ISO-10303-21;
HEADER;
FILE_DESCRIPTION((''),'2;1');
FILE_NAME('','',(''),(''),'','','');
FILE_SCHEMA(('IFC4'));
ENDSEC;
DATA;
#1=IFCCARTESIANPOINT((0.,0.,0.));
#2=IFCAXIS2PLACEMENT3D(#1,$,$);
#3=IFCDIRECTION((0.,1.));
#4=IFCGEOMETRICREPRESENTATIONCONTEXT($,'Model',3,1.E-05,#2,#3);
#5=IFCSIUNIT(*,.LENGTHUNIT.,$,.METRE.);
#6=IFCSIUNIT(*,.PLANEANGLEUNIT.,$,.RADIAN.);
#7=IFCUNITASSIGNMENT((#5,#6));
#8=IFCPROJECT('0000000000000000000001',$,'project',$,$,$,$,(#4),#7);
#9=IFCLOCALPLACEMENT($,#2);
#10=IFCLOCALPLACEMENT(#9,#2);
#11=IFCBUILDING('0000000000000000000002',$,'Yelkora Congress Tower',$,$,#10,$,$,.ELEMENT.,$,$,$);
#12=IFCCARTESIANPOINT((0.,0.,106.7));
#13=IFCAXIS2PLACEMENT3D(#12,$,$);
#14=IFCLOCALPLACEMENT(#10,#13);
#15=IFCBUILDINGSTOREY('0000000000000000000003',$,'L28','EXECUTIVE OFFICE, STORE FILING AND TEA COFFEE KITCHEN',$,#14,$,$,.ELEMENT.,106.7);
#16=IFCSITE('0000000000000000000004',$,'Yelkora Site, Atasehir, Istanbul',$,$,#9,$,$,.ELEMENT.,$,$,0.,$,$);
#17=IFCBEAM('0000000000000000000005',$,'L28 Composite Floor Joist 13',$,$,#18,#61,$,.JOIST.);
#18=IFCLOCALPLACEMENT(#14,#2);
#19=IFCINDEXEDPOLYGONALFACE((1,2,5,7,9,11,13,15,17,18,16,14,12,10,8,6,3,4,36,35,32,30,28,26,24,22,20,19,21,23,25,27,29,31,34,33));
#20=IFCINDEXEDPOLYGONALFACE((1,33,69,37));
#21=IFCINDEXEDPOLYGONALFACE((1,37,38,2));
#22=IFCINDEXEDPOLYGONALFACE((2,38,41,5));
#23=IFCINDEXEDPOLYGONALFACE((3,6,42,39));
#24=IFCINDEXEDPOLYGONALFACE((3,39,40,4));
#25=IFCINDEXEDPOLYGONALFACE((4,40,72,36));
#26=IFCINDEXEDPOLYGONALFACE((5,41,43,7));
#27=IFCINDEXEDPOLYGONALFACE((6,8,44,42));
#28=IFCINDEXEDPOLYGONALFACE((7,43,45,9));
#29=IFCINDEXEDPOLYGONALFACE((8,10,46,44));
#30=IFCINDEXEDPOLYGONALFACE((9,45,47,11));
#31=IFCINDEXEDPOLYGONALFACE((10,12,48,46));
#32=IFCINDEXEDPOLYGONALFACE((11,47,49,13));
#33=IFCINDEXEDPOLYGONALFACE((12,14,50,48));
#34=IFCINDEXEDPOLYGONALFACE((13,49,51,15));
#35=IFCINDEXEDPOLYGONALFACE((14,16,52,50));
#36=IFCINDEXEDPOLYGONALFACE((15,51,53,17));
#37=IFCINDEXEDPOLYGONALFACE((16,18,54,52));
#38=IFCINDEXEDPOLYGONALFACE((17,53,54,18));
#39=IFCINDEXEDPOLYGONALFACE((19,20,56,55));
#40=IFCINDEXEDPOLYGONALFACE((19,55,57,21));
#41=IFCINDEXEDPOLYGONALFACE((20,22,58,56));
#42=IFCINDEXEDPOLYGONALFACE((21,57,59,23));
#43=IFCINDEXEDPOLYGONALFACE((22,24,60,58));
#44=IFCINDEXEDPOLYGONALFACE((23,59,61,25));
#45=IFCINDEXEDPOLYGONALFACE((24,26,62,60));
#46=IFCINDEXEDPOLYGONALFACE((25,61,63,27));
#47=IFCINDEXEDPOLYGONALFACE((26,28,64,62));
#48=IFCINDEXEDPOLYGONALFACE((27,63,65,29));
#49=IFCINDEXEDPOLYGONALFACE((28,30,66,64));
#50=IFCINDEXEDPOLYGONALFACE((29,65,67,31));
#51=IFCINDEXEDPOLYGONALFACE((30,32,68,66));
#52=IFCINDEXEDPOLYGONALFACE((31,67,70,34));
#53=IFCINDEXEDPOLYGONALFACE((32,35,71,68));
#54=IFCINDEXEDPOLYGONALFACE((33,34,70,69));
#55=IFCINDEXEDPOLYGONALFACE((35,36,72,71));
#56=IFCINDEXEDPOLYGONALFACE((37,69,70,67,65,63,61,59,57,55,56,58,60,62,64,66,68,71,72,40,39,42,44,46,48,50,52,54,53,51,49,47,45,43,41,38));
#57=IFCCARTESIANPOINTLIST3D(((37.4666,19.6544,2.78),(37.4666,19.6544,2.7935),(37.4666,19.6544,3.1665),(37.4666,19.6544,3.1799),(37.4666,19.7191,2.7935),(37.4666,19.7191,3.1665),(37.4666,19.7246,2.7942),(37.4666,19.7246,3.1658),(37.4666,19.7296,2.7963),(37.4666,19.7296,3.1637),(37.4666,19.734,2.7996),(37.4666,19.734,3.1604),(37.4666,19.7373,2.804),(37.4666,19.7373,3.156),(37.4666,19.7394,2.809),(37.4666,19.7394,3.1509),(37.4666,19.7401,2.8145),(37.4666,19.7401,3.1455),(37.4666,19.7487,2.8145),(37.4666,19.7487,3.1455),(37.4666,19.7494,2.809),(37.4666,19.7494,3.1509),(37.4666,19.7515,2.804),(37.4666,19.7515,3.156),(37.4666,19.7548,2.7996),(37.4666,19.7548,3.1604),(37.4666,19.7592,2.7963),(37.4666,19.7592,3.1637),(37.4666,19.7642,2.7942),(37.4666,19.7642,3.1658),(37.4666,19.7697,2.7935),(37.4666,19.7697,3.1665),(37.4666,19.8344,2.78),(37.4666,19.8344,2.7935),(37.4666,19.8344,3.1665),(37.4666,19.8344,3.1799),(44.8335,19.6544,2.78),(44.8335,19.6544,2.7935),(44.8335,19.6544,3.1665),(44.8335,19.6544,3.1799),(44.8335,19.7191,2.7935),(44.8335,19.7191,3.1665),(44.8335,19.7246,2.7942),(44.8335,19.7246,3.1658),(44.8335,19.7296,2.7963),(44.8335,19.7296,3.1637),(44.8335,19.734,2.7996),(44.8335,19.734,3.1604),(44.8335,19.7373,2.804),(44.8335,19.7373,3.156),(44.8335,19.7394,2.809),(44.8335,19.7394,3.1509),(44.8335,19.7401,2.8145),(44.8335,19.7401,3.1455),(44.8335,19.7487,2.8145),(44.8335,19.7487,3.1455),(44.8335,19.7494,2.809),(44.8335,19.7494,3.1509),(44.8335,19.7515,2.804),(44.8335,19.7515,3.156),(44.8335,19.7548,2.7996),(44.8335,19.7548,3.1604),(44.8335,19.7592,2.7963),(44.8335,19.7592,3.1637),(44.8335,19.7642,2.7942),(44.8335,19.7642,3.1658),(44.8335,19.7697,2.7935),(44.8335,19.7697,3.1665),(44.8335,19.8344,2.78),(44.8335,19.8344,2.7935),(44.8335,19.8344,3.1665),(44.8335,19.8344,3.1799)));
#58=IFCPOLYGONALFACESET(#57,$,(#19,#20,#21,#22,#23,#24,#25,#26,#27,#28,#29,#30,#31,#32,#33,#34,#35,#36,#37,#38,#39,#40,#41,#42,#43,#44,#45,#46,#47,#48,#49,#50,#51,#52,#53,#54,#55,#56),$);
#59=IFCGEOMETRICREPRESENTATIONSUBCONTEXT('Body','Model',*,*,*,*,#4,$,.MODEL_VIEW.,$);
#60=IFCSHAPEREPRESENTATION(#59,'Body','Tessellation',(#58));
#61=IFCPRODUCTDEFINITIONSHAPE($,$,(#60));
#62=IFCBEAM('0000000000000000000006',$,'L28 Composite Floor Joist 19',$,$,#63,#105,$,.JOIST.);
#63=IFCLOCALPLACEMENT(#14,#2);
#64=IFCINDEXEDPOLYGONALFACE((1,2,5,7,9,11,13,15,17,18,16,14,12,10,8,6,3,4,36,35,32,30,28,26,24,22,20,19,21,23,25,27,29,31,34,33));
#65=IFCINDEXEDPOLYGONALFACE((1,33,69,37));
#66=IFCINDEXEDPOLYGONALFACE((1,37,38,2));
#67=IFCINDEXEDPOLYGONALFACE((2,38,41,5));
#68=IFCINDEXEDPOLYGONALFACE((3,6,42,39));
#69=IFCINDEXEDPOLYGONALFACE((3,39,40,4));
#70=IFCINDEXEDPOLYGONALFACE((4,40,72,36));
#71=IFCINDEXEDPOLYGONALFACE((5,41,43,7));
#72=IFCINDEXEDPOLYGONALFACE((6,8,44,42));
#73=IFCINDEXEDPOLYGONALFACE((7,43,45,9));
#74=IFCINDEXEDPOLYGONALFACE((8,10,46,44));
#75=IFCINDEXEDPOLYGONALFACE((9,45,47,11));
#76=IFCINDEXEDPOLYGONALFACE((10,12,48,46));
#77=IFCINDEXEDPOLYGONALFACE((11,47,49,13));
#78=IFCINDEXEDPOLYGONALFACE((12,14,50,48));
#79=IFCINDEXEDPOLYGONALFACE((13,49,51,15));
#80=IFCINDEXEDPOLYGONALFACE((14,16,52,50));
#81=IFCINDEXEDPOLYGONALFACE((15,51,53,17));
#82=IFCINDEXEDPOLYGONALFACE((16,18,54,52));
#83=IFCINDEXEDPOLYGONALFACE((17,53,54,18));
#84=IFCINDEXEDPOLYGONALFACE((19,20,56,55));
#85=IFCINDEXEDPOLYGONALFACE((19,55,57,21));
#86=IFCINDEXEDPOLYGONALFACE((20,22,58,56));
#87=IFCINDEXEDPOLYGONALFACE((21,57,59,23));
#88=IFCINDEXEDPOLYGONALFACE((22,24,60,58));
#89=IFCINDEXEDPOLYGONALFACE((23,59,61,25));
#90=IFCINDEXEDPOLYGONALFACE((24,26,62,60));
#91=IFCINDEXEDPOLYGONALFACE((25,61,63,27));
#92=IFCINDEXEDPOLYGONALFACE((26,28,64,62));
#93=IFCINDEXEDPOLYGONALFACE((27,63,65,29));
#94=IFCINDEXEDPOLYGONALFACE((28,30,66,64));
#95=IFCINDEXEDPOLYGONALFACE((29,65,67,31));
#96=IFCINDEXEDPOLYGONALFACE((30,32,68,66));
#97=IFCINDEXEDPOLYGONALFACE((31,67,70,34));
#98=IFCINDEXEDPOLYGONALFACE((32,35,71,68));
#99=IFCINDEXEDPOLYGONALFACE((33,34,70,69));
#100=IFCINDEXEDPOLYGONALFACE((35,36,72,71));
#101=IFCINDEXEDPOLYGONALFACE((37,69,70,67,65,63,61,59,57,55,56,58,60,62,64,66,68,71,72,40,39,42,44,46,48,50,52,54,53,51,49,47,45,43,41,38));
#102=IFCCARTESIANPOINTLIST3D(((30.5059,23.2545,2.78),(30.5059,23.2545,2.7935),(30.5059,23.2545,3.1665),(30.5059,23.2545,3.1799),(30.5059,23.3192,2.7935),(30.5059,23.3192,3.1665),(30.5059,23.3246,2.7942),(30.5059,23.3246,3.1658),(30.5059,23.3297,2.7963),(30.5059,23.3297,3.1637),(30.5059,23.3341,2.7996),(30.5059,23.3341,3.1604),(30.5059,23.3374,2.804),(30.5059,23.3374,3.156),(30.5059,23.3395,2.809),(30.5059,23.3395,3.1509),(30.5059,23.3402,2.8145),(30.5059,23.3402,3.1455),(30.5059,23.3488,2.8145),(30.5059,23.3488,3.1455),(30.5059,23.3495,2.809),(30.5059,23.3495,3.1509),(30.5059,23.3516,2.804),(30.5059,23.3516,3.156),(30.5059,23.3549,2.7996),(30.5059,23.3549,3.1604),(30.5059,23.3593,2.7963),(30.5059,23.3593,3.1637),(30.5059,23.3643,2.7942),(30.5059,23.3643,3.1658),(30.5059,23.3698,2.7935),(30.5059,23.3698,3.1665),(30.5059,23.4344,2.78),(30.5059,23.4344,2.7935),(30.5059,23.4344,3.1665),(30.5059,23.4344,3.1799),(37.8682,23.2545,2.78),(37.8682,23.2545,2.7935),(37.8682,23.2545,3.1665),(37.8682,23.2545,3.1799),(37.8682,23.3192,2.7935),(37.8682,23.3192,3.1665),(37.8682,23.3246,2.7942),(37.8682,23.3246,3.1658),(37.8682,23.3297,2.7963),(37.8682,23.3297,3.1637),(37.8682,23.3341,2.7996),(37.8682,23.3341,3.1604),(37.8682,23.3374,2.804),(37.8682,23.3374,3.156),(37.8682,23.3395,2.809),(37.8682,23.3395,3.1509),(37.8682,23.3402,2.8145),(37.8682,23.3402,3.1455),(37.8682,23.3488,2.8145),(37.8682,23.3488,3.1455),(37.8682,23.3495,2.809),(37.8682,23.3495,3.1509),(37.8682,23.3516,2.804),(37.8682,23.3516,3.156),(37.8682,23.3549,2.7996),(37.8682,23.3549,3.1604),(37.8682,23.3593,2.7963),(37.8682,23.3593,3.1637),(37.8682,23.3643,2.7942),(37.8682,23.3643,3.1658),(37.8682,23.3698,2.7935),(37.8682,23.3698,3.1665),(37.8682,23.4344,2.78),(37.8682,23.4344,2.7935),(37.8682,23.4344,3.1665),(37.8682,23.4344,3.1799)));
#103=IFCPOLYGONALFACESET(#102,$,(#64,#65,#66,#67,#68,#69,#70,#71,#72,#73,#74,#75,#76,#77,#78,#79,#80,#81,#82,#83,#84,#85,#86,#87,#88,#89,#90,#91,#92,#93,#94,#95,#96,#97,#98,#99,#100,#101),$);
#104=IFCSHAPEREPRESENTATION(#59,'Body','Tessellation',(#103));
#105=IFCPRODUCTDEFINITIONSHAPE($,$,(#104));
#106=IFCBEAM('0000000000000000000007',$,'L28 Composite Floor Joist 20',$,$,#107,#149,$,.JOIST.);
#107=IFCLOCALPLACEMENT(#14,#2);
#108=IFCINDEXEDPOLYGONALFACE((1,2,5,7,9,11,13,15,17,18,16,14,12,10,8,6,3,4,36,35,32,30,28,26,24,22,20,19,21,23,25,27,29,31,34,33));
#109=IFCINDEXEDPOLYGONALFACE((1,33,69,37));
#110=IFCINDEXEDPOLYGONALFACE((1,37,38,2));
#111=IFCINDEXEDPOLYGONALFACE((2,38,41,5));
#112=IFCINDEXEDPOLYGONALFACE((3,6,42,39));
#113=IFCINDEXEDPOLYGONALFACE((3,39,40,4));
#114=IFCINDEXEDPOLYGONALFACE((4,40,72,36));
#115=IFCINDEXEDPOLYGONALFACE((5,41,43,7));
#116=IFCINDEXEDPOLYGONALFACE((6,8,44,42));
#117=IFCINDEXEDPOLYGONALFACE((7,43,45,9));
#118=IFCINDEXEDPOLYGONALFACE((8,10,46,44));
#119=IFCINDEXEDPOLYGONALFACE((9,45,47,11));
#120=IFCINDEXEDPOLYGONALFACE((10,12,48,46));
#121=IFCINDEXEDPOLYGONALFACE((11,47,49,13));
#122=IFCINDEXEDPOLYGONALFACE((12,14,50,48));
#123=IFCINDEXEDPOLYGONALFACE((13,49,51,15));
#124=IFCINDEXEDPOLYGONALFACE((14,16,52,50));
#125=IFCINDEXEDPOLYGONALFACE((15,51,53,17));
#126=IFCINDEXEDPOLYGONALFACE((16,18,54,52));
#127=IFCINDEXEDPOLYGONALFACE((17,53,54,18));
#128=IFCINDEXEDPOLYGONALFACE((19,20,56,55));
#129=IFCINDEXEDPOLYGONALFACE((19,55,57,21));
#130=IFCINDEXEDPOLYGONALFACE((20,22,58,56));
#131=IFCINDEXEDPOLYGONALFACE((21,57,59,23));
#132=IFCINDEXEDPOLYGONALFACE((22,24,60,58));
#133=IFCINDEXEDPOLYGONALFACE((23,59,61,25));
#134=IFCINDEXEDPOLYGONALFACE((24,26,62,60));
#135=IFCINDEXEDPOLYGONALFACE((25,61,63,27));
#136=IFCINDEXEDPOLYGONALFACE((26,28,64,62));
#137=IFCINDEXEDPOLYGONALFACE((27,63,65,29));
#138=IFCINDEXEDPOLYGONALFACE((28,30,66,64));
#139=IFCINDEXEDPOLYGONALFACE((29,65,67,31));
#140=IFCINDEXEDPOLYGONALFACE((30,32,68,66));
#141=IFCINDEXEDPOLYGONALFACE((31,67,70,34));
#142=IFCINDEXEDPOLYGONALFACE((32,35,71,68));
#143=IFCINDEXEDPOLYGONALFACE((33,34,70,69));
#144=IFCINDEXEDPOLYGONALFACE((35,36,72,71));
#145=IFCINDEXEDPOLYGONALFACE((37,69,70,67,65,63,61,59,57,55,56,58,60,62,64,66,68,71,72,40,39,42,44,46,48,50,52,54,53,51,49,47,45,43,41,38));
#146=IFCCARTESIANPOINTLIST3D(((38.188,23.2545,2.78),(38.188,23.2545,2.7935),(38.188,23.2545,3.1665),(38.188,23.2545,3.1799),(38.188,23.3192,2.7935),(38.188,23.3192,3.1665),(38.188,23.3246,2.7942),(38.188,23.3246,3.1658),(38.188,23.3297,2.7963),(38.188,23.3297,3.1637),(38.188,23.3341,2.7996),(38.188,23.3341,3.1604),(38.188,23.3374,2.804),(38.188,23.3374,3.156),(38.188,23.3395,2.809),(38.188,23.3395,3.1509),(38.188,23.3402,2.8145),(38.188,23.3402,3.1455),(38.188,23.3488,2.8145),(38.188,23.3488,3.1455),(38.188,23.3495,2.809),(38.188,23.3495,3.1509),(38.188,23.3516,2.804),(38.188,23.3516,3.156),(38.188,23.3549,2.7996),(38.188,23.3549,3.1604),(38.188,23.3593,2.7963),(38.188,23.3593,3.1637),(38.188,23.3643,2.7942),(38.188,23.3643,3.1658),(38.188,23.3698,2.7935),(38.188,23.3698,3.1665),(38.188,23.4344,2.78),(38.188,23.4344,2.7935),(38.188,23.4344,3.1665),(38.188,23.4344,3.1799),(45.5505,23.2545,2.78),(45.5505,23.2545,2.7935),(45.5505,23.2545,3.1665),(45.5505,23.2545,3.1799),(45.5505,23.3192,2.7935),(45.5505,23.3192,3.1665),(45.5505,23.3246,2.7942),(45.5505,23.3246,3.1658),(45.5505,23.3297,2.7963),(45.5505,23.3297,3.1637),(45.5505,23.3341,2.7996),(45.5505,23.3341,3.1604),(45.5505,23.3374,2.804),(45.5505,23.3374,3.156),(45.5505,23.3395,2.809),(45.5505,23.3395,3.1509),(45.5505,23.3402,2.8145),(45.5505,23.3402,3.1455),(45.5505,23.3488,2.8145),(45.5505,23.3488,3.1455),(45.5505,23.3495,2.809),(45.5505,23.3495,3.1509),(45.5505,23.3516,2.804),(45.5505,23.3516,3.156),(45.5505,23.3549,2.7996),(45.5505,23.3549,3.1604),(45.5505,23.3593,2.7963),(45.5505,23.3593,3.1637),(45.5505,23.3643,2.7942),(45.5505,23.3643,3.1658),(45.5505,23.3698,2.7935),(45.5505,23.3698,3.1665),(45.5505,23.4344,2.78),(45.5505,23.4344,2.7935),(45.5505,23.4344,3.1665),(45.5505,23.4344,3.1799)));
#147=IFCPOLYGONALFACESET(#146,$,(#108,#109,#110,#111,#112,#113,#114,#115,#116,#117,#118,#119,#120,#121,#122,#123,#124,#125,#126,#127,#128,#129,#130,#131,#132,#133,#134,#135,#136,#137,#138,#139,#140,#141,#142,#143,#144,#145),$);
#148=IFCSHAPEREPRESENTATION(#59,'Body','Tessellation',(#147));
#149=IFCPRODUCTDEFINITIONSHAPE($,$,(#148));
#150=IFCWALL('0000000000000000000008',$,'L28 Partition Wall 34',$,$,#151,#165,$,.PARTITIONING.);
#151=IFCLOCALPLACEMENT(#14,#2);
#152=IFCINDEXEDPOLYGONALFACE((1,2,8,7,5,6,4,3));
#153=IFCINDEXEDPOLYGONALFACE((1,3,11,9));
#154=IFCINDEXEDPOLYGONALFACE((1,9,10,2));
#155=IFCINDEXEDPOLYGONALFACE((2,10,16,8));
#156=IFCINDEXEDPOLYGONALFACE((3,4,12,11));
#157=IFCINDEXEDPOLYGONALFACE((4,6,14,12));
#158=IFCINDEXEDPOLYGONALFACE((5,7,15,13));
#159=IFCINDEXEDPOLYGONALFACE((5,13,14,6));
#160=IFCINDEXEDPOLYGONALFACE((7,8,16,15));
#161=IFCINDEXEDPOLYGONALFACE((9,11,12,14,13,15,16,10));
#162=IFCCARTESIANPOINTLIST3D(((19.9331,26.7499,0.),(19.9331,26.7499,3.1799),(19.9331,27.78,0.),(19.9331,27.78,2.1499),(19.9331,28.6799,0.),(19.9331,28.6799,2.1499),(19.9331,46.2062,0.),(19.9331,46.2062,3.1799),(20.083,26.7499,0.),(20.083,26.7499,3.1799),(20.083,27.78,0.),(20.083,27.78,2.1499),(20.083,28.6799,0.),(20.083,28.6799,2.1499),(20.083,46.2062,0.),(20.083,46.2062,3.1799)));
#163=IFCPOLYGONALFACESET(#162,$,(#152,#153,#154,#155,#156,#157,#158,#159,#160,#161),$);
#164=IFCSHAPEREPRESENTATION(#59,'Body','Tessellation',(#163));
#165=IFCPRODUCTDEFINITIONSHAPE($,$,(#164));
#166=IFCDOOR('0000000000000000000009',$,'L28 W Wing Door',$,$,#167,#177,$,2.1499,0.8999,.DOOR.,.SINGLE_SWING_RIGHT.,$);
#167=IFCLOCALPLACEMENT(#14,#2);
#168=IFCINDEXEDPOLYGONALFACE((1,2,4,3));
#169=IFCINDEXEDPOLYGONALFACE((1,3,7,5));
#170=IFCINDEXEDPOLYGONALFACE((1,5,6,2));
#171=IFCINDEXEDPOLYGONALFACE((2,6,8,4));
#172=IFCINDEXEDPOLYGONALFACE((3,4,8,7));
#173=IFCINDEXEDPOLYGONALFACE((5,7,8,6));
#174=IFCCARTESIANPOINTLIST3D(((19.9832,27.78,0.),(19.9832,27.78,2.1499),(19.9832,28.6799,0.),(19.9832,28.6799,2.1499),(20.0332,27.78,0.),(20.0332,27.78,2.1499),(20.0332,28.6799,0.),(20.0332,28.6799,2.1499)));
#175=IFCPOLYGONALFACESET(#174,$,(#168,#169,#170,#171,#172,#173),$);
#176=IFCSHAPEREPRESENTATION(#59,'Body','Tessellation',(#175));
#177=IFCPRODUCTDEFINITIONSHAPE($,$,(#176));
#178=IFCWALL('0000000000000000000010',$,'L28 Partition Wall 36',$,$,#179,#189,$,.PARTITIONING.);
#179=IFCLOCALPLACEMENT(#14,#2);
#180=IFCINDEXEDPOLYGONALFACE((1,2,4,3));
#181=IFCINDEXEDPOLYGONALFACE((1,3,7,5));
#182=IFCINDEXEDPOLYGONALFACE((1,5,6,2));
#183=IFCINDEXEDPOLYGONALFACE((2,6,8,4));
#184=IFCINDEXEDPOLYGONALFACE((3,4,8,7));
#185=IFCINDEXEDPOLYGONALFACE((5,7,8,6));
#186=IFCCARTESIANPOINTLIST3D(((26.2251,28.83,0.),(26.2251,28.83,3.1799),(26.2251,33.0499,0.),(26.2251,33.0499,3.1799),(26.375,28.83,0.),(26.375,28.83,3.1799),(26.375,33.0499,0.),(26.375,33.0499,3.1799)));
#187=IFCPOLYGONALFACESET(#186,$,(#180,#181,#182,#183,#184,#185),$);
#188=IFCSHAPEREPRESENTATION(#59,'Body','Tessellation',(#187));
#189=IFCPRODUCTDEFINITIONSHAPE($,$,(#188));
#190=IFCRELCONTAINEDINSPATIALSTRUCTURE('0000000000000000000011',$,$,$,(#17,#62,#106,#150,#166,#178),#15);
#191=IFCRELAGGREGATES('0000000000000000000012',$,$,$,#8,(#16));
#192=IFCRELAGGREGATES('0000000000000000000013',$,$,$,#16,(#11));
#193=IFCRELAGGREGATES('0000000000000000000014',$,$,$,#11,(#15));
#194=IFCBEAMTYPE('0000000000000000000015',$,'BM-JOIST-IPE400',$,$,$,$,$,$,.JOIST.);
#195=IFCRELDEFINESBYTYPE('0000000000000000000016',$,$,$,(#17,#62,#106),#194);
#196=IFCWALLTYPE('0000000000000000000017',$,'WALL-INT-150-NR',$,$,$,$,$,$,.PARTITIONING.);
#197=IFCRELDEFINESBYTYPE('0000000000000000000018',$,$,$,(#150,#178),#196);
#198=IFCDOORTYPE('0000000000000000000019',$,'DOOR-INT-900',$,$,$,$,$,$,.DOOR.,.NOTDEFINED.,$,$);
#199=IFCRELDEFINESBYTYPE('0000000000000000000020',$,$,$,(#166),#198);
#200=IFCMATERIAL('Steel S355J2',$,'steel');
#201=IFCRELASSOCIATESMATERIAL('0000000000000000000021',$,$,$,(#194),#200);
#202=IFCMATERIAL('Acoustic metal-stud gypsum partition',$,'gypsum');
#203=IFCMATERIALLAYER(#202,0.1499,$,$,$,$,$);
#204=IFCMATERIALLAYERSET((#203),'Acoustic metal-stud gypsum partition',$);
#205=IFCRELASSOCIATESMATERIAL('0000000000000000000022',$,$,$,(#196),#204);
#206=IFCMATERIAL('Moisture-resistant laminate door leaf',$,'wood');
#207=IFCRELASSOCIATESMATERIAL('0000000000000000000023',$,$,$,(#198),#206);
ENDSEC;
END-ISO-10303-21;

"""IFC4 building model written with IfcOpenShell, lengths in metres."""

from ifc_helpers import new_model, si_unit, direction, frame, frame_2d, origin, origin_2d, place, context, subcontext, project, spatial, rectangle, i_section, extrude, material, layer, layer_set, material_profile, profile_set, type_object, element, fill, save


model = new_model("IFC4")

# Units and contexts
model_context = context("Model", 3, precision=1e-05, world=origin(), true_north=direction((0.0, 1.0)))
body_context = subcontext(model_context, "Body", "Model", "MODEL_VIEW")
ifc_project = project(units=[si_unit("LENGTHUNIT", "METRE"), si_unit("PLANEANGLEUNIT", "RADIAN")], contexts=[model_context])

# Site, building, storey
site_placement = place(None, origin())
site = spatial("IfcSite", under=ifc_project, at=site_placement, Name="Yelkora Site, Atasehir, Istanbul", CompositionType="ELEMENT", RefElevation=0.0)
building_placement = place(site_placement, origin())
building = spatial("IfcBuilding", under=site, at=building_placement, Name="Yelkora Congress Tower", CompositionType="ELEMENT")
storey_placement = place(building_placement, frame((0.0, 0.0, 106.7)))
storey = spatial("IfcBuildingStorey", under=building, at=storey_placement, Name="L28", Description="EXECUTIVE OFFICE, STORE FILING AND TEA COFFEE KITCHEN", CompositionType="ELEMENT", Elevation=106.7)

# Beams
ifc_material_1 = material(Name="Steel S355J2", Category="steel")
ifc_material_profile_1 = material_profile(ifc_material_1, i_section(OverallWidth=0.1799, OverallDepth=0.3999, WebThickness=0.0085, FlangeThickness=0.0134, FilletRadius=0.021, at=origin_2d()), Name="IPE 400")
ifc_profile_set_1 = profile_set([ifc_material_profile_1], Name="Steel S355J2")
beam_type_1 = type_object("IfcBeamType", Name="BM-JOIST-IPE400", PredefinedType="JOIST", material=ifc_profile_set_1)
beam_1_placement = place(storey_placement, frame((37.4666, 19.7444, 2.98), z_axis=(1.0, 0.0, 0.0), x_axis=(0.0, 1.0, 0.0)))
element("IfcBeam", 1, at=beam_1_placement, inside=storey, type_object=beam_type_1, Name="L28 Composite Floor Joist 13", PredefinedType="JOIST", context=body_context, shape_type="SweptSolid", body=[
    extrude(i_section(OverallWidth=0.1799, OverallDepth=0.3999, WebThickness=0.0085, FlangeThickness=0.0134, FilletRadius=0.021, at=origin_2d()), origin(), (0.0, 0.0, 1.0), 7.3669),
])
beam_2_placement = place(storey_placement, frame((30.5059, 23.3445, 2.98), z_axis=(1.0, 0.0, 0.0), x_axis=(0.0, 1.0, 0.0)))
element("IfcBeam", 2, at=beam_2_placement, inside=storey, type_object=beam_type_1, Name="L28 Composite Floor Joist 19", PredefinedType="JOIST", context=body_context, shape_type="SweptSolid", body=[
    extrude(i_section(OverallWidth=0.1799, OverallDepth=0.3999, WebThickness=0.0085, FlangeThickness=0.0134, FilletRadius=0.021, at=origin_2d()), origin(), (0.0, 0.0, 1.0), 7.3623),
])
beam_3_placement = place(storey_placement, frame((38.188, 23.3445, 2.98), z_axis=(1.0, 0.0, 0.0), x_axis=(0.0, 1.0, 0.0)))
element("IfcBeam", 3, at=beam_3_placement, inside=storey, type_object=beam_type_1, Name="L28 Composite Floor Joist 20", PredefinedType="JOIST", context=body_context, shape_type="SweptSolid", body=[
    extrude(i_section(OverallWidth=0.1799, OverallDepth=0.3999, WebThickness=0.0085, FlangeThickness=0.0134, FilletRadius=0.021, at=origin_2d()), origin(), (0.0, 0.0, 1.0), 7.3625),
])

# Wall, opening, door
ifc_material_2 = material(Name="Acoustic metal-stud gypsum partition", Category="gypsum")
ifc_layer = layer(ifc_material_2, 0.1499)
ifc_layer_set = layer_set([ifc_layer], Name="Acoustic metal-stud gypsum partition")
wall_type = type_object("IfcWallType", Name="WALL-INT-150-NR", PredefinedType="PARTITIONING", material=ifc_layer_set)
wall_1_placement = place(storey_placement, frame((20.0081, 26.75, 0.0), z_axis=(0.0, 0.0, 1.0), x_axis=(0.0, 1.0, 0.0)))
wall_1 = element("IfcWall", 4, at=wall_1_placement, inside=storey, type_object=wall_type, Name="L28 Partition Wall 34", PredefinedType="PARTITIONING", context=body_context, shape_type="SweptSolid", body=[
    extrude(rectangle(XDim=19.4563, YDim=0.1499, at=frame_2d((9.728, 0.0))), origin(), (0.0, 0.0, 1.0), 3.1799),
])
opening_1_placement = place(wall_1_placement, frame((1.03, 0.0, 0.0)))
opening_1 = element("IfcOpeningElement", 5, at=opening_1_placement, cuts=wall_1, PredefinedType="OPENING", context=body_context, shape_type="SweptSolid", body=[
    extrude(rectangle(XDim=0.8999, YDim=2.1499, at=frame_2d((0.45, 1.075))), frame((0.0, 0.085, 0.0), z_axis=(0.0, -1.0, 0.0), x_axis=(1.0, 0.0, 0.0)), (0.0, 0.0, 1.0), 0.1699),
])
ifc_material_3 = material(Name="Moisture-resistant laminate door leaf", Category="wood")
door_type = type_object("IfcDoorType", Name="DOOR-INT-900", OperationType="NOTDEFINED", PredefinedType="DOOR", material=ifc_material_3)
door_1_placement = place(opening_1_placement, origin())
door_1 = element("IfcDoor", 6, at=door_1_placement, inside=storey, type_object=door_type, Name="L28 W Wing Door", OperationType="SINGLE_SWING_RIGHT", OverallHeight=2.1499, OverallWidth=0.8999, PredefinedType="DOOR", context=body_context, shape_type="SweptSolid", body=[
    extrude(rectangle(XDim=0.8999, YDim=2.1499, at=frame_2d((0.45, 1.075))), frame((0.0, 0.0249, 0.0), z_axis=(0.0, -1.0, 0.0), x_axis=(1.0, 0.0, 0.0)), (0.0, 0.0, 1.0), 0.05),
])
fill(opening_1, door_1)

# Wall
for number, where, z_axis, x_axis, name in (
    (7, (26.3, 28.8301, 0.0), (0.0, 0.0, 1.0), (0.0, 1.0, 0.0), "L28 Partition Wall 36"),
):
    element("IfcWall", number, at=place(storey_placement, frame(where, z_axis=z_axis, x_axis=x_axis)), inside=storey, type_object=wall_type, Name=name, PredefinedType="PARTITIONING", context=body_context, shape_type="SweptSolid", body=[
        extrude(rectangle(XDim=4.22, YDim=0.1499, at=frame_2d((2.1099, 0.0))), origin(), (0.0, 0.0, 1.0), 3.1799),
    ])

save(model, "model.ifc")
